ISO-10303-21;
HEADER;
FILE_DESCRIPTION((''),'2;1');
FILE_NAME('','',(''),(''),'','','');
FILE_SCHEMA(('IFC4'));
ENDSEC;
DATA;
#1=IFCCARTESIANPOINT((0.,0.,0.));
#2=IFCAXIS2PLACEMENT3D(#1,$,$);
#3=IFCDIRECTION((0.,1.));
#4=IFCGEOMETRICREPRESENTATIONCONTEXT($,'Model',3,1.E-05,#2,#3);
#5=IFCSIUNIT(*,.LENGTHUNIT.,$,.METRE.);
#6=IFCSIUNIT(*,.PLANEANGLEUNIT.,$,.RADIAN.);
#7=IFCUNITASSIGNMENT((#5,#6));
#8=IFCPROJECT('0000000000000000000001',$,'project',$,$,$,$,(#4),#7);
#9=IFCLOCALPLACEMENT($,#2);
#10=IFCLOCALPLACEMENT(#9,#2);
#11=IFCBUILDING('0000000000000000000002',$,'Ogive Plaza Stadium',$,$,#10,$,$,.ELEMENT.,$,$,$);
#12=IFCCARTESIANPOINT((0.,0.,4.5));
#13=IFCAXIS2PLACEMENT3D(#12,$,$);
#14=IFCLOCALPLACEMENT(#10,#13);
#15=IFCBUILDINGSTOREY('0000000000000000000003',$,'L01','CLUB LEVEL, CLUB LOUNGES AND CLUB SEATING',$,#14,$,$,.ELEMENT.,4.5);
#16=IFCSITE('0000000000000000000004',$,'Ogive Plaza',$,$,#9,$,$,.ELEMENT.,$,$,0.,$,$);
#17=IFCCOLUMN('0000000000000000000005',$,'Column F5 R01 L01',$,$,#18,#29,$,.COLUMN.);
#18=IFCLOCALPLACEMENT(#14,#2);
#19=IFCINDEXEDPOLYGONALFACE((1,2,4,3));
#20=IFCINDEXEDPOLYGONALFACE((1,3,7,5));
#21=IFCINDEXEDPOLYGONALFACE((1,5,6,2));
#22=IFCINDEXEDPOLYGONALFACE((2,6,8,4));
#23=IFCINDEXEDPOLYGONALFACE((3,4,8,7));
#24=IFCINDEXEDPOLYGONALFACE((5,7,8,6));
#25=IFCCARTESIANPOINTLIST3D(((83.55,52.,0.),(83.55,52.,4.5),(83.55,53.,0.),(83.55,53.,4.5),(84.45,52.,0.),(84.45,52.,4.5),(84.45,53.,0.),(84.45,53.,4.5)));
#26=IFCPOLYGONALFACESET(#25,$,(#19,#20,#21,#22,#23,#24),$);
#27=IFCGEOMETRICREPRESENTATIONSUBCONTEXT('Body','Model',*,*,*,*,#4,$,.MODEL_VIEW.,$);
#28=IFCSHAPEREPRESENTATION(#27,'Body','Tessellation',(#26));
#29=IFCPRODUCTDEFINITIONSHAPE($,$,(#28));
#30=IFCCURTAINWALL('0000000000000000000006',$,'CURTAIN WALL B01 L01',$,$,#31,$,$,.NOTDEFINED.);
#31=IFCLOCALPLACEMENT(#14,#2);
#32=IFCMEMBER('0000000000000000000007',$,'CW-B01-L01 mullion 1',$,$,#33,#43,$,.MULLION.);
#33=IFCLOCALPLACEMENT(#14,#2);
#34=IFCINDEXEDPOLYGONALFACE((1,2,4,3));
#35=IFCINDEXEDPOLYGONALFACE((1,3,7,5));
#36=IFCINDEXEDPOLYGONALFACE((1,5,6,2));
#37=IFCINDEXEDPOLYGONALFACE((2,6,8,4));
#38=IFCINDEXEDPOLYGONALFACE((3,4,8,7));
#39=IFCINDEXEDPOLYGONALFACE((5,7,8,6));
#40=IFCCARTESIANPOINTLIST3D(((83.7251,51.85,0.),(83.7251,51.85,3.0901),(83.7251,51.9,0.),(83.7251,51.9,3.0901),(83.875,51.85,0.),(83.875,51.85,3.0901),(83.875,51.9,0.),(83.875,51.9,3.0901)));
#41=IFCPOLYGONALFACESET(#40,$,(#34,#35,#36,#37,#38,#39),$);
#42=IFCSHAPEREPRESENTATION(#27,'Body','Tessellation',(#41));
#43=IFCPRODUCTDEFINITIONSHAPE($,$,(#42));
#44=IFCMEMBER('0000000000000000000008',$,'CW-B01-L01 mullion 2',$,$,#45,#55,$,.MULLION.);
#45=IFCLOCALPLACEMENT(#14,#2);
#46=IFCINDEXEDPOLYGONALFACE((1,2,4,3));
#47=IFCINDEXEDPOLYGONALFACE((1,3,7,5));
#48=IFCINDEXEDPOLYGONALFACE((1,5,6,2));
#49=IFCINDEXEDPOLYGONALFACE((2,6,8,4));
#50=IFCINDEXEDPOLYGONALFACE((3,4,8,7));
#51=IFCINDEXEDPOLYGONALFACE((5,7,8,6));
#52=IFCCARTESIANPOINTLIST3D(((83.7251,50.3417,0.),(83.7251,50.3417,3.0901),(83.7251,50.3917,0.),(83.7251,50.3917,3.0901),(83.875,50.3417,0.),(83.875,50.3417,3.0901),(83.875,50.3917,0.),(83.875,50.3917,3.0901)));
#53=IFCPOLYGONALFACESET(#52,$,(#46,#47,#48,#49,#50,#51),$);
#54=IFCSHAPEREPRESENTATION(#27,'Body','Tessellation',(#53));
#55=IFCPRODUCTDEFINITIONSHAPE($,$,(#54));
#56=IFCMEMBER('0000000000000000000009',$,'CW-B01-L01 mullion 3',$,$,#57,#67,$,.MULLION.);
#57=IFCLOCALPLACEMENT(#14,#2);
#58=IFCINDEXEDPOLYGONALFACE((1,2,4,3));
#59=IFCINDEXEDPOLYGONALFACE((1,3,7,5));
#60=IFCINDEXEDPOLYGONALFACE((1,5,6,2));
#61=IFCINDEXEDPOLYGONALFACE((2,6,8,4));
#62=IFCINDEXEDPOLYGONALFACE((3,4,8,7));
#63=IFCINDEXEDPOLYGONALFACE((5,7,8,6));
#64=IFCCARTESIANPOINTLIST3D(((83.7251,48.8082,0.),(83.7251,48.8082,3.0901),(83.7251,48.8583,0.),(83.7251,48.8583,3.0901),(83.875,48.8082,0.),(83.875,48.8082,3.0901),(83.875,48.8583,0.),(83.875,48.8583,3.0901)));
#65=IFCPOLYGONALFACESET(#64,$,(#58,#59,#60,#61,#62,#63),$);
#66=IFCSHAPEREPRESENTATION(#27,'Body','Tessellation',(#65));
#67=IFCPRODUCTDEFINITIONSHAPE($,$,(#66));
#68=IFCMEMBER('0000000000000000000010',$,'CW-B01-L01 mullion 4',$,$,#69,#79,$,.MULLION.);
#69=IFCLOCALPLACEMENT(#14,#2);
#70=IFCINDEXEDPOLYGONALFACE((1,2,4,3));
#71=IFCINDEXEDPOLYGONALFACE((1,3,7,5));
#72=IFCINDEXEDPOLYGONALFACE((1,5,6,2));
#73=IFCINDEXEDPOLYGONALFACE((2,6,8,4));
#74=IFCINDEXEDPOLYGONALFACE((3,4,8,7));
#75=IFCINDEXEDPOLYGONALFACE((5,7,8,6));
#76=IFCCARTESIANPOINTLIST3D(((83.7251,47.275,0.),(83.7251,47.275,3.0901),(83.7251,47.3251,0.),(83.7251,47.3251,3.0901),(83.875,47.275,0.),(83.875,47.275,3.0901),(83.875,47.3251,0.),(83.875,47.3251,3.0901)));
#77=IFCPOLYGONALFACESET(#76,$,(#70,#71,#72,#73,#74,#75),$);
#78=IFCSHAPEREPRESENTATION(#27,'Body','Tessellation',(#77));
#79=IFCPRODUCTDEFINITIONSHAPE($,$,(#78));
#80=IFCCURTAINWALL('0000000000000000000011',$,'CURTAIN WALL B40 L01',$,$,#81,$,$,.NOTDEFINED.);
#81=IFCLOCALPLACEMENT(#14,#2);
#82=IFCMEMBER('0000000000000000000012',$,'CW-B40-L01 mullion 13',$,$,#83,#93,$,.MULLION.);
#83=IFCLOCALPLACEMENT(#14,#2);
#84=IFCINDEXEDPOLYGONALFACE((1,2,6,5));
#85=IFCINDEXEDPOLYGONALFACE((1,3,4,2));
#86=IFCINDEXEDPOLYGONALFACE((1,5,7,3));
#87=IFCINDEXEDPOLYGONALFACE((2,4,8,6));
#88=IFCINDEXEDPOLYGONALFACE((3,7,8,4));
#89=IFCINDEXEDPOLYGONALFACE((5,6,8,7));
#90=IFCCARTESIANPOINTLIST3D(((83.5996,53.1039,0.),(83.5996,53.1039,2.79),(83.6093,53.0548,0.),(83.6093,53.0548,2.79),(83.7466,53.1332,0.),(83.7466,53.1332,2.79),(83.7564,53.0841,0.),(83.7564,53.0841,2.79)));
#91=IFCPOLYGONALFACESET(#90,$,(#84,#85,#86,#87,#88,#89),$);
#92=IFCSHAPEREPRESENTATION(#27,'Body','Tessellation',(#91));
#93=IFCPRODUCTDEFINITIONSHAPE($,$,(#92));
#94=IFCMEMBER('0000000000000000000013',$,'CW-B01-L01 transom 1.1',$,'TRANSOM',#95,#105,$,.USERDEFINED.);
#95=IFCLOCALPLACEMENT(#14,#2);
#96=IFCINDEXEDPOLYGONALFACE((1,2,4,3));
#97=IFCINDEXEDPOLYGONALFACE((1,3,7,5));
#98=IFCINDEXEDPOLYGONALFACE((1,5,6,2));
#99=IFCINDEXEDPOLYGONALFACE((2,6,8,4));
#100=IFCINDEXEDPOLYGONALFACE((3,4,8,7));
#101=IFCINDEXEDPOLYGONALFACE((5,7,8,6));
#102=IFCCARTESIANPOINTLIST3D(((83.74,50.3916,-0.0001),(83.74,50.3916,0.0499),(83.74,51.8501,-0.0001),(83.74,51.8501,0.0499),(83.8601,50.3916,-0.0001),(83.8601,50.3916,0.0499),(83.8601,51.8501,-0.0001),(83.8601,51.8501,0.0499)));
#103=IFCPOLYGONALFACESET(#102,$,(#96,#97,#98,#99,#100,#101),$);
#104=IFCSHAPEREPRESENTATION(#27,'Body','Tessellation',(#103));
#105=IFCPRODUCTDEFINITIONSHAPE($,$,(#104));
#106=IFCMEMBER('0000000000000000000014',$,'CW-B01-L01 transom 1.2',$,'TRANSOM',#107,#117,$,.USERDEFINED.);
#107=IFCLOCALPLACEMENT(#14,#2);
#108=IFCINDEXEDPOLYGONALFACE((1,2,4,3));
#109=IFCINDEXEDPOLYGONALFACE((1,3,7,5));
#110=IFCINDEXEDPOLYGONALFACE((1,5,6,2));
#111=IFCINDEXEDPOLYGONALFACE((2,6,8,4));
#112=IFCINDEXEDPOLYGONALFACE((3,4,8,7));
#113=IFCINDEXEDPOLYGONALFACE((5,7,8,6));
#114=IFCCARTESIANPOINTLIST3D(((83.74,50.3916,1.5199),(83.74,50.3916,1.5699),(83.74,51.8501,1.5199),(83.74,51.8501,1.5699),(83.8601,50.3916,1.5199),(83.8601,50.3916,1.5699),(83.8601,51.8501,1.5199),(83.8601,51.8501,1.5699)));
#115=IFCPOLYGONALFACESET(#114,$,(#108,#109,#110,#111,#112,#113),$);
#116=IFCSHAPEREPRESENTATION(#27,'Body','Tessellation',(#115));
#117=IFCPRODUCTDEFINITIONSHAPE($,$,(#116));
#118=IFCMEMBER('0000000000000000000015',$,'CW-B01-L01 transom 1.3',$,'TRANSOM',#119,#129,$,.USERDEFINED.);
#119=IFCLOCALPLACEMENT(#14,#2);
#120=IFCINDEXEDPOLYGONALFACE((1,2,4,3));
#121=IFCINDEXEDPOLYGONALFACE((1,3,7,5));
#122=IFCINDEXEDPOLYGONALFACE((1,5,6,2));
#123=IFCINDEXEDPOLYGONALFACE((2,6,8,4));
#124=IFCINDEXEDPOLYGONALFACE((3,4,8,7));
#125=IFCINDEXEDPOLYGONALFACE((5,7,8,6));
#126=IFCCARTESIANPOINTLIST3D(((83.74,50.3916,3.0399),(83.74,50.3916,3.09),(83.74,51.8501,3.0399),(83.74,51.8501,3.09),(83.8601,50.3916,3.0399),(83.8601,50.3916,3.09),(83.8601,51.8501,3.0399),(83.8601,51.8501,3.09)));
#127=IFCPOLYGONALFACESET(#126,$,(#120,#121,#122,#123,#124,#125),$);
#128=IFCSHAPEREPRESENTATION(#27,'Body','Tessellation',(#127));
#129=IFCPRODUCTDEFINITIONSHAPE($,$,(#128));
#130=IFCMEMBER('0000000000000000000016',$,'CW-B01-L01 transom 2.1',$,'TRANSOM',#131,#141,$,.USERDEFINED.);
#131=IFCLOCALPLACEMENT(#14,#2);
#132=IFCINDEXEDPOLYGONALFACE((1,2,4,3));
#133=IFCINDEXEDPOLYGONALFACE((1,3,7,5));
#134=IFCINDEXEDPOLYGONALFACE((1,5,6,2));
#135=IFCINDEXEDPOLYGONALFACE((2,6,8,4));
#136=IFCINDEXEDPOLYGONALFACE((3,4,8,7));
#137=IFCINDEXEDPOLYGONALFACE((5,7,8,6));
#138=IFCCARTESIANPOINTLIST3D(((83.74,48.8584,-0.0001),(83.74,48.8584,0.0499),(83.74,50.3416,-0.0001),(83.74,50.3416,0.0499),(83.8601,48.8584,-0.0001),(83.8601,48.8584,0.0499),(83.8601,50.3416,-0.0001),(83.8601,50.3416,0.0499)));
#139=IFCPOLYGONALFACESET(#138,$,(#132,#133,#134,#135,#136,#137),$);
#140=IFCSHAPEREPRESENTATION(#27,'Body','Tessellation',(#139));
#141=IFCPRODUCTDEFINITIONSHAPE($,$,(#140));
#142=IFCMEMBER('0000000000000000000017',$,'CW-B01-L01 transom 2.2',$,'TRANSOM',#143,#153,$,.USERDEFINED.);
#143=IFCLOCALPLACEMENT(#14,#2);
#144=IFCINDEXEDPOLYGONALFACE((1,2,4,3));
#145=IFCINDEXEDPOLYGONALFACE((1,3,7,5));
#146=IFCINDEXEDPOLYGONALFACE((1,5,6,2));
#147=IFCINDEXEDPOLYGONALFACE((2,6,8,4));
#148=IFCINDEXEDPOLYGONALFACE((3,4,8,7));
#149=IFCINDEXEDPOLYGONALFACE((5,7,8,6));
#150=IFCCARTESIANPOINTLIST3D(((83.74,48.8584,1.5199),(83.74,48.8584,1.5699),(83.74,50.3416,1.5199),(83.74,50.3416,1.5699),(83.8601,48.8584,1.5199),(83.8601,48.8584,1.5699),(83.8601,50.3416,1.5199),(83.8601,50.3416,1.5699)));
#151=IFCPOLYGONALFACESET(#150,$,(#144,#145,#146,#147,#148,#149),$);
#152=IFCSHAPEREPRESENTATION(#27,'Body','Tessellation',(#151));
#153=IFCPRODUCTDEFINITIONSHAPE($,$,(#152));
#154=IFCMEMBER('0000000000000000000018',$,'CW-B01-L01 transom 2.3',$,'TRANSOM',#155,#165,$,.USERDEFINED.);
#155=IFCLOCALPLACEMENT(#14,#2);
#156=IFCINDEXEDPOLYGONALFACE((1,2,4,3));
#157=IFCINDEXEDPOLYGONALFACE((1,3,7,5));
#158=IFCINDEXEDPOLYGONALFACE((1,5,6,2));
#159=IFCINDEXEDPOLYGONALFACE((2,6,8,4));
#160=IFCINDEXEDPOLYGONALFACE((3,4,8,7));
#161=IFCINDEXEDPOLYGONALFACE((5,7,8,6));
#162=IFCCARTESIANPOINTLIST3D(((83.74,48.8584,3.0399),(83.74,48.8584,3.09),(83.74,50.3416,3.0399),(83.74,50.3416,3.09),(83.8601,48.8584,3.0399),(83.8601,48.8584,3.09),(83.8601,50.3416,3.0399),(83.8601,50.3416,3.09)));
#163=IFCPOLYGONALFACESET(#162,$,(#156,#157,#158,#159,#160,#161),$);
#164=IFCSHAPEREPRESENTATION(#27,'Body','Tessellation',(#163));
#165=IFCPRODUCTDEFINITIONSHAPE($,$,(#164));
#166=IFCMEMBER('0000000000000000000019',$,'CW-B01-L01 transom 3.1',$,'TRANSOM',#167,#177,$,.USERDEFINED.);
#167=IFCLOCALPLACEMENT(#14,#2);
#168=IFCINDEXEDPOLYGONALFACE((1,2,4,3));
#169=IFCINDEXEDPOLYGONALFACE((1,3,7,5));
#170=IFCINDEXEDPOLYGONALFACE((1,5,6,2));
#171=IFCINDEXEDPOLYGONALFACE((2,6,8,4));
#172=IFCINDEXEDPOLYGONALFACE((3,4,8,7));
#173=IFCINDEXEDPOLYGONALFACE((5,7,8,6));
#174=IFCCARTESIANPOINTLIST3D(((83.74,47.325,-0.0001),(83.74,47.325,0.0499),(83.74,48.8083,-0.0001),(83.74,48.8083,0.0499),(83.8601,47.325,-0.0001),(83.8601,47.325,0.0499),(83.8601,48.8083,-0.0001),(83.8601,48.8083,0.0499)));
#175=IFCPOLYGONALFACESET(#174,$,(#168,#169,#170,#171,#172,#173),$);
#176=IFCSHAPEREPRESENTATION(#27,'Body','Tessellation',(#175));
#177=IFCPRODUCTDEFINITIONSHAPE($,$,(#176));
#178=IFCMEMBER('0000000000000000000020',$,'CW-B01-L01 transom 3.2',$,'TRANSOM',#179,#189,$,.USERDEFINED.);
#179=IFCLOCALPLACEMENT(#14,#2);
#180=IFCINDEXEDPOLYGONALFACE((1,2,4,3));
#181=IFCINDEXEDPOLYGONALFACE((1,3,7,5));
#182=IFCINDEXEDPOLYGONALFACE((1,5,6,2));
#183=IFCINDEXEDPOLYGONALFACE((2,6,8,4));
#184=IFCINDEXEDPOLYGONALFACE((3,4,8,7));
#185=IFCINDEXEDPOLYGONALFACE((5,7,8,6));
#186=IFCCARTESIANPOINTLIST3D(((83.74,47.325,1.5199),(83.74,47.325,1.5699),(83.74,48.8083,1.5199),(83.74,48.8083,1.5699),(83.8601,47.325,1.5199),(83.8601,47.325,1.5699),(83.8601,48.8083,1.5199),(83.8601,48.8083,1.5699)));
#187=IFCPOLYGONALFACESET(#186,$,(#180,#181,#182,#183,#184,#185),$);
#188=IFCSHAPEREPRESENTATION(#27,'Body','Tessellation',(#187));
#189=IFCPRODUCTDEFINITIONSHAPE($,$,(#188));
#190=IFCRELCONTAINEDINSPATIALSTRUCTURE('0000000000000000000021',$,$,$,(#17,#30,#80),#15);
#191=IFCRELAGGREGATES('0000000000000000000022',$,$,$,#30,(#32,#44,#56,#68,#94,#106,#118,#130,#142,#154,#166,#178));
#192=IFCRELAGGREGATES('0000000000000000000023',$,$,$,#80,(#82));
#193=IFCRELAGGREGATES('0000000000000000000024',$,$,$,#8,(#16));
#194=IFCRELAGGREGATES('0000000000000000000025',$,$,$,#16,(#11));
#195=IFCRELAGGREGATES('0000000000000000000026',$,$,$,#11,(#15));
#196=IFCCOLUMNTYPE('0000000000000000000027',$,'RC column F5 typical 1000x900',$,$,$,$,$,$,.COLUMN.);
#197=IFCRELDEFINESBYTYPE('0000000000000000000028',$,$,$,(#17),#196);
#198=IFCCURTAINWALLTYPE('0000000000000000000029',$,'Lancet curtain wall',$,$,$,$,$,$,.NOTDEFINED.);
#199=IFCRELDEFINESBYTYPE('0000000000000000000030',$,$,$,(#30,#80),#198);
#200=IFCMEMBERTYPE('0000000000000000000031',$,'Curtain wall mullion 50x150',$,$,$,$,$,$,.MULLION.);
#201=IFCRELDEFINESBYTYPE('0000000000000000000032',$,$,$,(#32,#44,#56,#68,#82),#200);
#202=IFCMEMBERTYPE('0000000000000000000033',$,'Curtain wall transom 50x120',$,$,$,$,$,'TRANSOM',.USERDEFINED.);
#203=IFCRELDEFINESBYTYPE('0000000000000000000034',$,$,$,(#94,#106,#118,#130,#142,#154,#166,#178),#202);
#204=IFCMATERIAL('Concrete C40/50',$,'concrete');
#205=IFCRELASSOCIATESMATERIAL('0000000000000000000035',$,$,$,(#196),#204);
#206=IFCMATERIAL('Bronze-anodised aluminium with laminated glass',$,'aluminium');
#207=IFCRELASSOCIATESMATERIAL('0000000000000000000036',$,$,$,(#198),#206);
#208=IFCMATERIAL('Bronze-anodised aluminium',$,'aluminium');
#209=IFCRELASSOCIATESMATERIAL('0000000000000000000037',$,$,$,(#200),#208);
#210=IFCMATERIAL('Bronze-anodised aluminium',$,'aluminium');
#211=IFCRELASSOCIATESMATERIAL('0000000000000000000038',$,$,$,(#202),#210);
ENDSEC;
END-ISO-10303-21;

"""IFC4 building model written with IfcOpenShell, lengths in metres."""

from ifc_helpers import new_model, si_unit, direction, frame, origin, origin_2d, place, context, subcontext, project, spatial, rectangle, extrude, material, material_profile, profile_set, type_object, element, aggregate, save


model = new_model("IFC4")

# Units and contexts
model_context = context("Model", 3, precision=1e-05, world=origin(), true_north=direction((0.0, 1.0)))
body_context = subcontext(model_context, "Body", "Model", "MODEL_VIEW")
ifc_project = project(units=[si_unit("LENGTHUNIT", "METRE"), si_unit("PLANEANGLEUNIT", "RADIAN")], contexts=[model_context])

# Site, building, storey
site_placement = place(None, origin())
site = spatial("IfcSite", under=ifc_project, at=site_placement, Name="Ogive Plaza", CompositionType="ELEMENT", RefElevation=0.0)
building_placement = place(site_placement, origin())
building = spatial("IfcBuilding", under=site, at=building_placement, Name="Ogive Plaza Stadium", CompositionType="ELEMENT")
storey_placement = place(building_placement, frame((0.0, 0.0, 4.5)))
storey = spatial("IfcBuildingStorey", under=building, at=storey_placement, Name="L01", Description="CLUB LEVEL, CLUB LOUNGES AND CLUB SEATING", CompositionType="ELEMENT", Elevation=4.5)

# Column
ifc_material_1 = material(Name="Concrete C40/50", Category="concrete")
ifc_material_profile_1 = material_profile(ifc_material_1, rectangle(XDim=1.0, YDim=0.8999, at=origin_2d()), Name="RC 1000x900")
ifc_profile_set_1 = profile_set([ifc_material_profile_1], Name="Concrete C40/50")
column_type = type_object("IfcColumnType", Name="RC column F5 typical 1000x900", PredefinedType="COLUMN", material=ifc_profile_set_1)
column_placement = place(storey_placement, frame((84.0, 52.5, 0.0), z_axis=(0.0, 0.0, 1.0), x_axis=(0.0, 1.0, 0.0)))
element("IfcColumn", 1, at=column_placement, inside=storey, type_object=column_type, Name="Column F5 R01 L01", PredefinedType="COLUMN", context=body_context, shape_type="SweptSolid", body=[
    extrude(rectangle(XDim=1.0, YDim=0.8999, at=origin_2d()), origin(), (0.0, 0.0, 1.0), 4.5),
])

# Curtain wall, members
ifc_material_2 = material(Name="Bronze-anodised aluminium with laminated glass", Category="aluminium")
curtain_wall_type = type_object("IfcCurtainWallType", Name="Lancet curtain wall", PredefinedType="NOTDEFINED", material=ifc_material_2)
curtain_wall_1_placement = place(storey_placement, origin())
curtain_wall_1 = element("IfcCurtainWall", 2, at=curtain_wall_1_placement, inside=storey, type_object=curtain_wall_type, Name="CURTAIN WALL B01 L01", PredefinedType="NOTDEFINED")
ifc_material_3 = material(Name="Bronze-anodised aluminium", Category="aluminium")
ifc_material_profile_2 = material_profile(ifc_material_3, rectangle(XDim=0.1499, YDim=0.05, at=origin_2d()), Name="AL 150x50")
ifc_profile_set_2 = profile_set([ifc_material_profile_2], Name="Bronze-anodised aluminium")
member_type_1 = type_object("IfcMemberType", Name="Curtain wall mullion 50x150", PredefinedType="MULLION", material=ifc_profile_set_2)
member_1_placement = place(storey_placement, frame((83.8, 51.875, 0.0), z_axis=(0.0, 0.0, 1.0), x_axis=(1.0, 0.0, 0.0)))
member_1 = element("IfcMember", 3, at=member_1_placement, type_object=member_type_1, Name="CW-B01-L01 mullion 1", PredefinedType="MULLION", context=body_context, shape_type="SweptSolid", body=[
    extrude(rectangle(XDim=0.1499, YDim=0.05, at=origin_2d()), origin(), (0.0, 0.0, 1.0), 3.0901),
])
member_2_placement = place(storey_placement, frame((83.8, 50.3667, 0.0), z_axis=(0.0, 0.0, 1.0), x_axis=(1.0, 0.0, 0.0)))
member_2 = element("IfcMember", 4, at=member_2_placement, type_object=member_type_1, Name="CW-B01-L01 mullion 2", PredefinedType="MULLION", context=body_context, shape_type="SweptSolid", body=[
    extrude(rectangle(XDim=0.1499, YDim=0.05, at=origin_2d()), origin(), (0.0, 0.0, 1.0), 3.0901),
])
member_3_placement = place(storey_placement, frame((83.8, 48.8333, 0.0), z_axis=(0.0, 0.0, 1.0), x_axis=(1.0, 0.0, 0.0)))
member_3 = element("IfcMember", 5, at=member_3_placement, type_object=member_type_1, Name="CW-B01-L01 mullion 3", PredefinedType="MULLION", context=body_context, shape_type="SweptSolid", body=[
    extrude(rectangle(XDim=0.1499, YDim=0.05, at=origin_2d()), origin(), (0.0, 0.0, 1.0), 3.0901),
])
member_4_placement = place(storey_placement, frame((83.8, 47.3, 0.0), z_axis=(0.0, 0.0, 1.0), x_axis=(1.0, 0.0, 0.0)))
member_4 = element("IfcMember", 6, at=member_4_placement, type_object=member_type_1, Name="CW-B01-L01 mullion 4", PredefinedType="MULLION", context=body_context, shape_type="SweptSolid", body=[
    extrude(rectangle(XDim=0.1499, YDim=0.05, at=origin_2d()), origin(), (0.0, 0.0, 1.0), 3.0901),
])

# Curtain wall, member
curtain_wall_2_placement = place(storey_placement, origin())
curtain_wall_2 = element("IfcCurtainWall", 7, at=curtain_wall_2_placement, inside=storey, type_object=curtain_wall_type, Name="CURTAIN WALL B40 L01", PredefinedType="NOTDEFINED")
member_5_placement = place(storey_placement, frame((83.678, 53.094, 0.0), z_axis=(0.0, 0.0, 1.0), x_axis=(0.980785, 0.19509, 0.0)))
member_5 = element("IfcMember", 8, at=member_5_placement, type_object=member_type_1, Name="CW-B40-L01 mullion 13", PredefinedType="MULLION", context=body_context, shape_type="SweptSolid", body=[
    extrude(rectangle(XDim=0.1499, YDim=0.05, at=origin_2d()), origin(), (0.0, 0.0, 1.0), 2.79),
])

# Members
ifc_material_4 = material(Name="Bronze-anodised aluminium", Category="aluminium")
ifc_material_profile_3 = material_profile(ifc_material_4, rectangle(XDim=0.1201, YDim=0.05, at=origin_2d()), Name="AL 120x50")
ifc_profile_set_3 = profile_set([ifc_material_profile_3], Name="Bronze-anodised aluminium")
member_type_2 = type_object("IfcMemberType", Name="Curtain wall transom 50x120", ElementType="TRANSOM", PredefinedType="USERDEFINED", material=ifc_profile_set_3)
member_6_placement = place(storey_placement, frame((83.8, 51.8501, 0.0249), z_axis=(0.0, -1.0, 0.0), x_axis=(1.0, 0.0, 0.0)))
member_6 = element("IfcMember", 9, at=member_6_placement, type_object=member_type_2, Name="CW-B01-L01 transom 1.1", ObjectType="TRANSOM", PredefinedType="USERDEFINED", context=body_context, shape_type="SweptSolid", body=[
    extrude(rectangle(XDim=0.1201, YDim=0.05, at=origin_2d()), origin(), (0.0, 0.0, 1.0), 1.4585),
])
member_7_placement = place(storey_placement, frame((83.8, 51.8501, 1.5449), z_axis=(0.0, -1.0, 0.0), x_axis=(1.0, 0.0, 0.0)))
member_7 = element("IfcMember", 10, at=member_7_placement, type_object=member_type_2, Name="CW-B01-L01 transom 1.2", ObjectType="TRANSOM", PredefinedType="USERDEFINED", context=body_context, shape_type="SweptSolid", body=[
    extrude(rectangle(XDim=0.1201, YDim=0.05, at=origin_2d()), origin(), (0.0, 0.0, 1.0), 1.4585),
])
member_8_placement = place(storey_placement, frame((83.8, 51.8501, 3.0649), z_axis=(0.0, -1.0, 0.0), x_axis=(1.0, 0.0, 0.0)))
member_8 = element("IfcMember", 11, at=member_8_placement, type_object=member_type_2, Name="CW-B01-L01 transom 1.3", ObjectType="TRANSOM", PredefinedType="USERDEFINED", context=body_context, shape_type="SweptSolid", body=[
    extrude(rectangle(XDim=0.1201, YDim=0.05, at=origin_2d()), origin(), (0.0, 0.0, 1.0), 1.4585),
])
member_9_placement = place(storey_placement, frame((83.8, 50.3416, 0.0249), z_axis=(0.0, -1.0, 0.0), x_axis=(1.0, 0.0, 0.0)))
member_9 = element("IfcMember", 12, at=member_9_placement, type_object=member_type_2, Name="CW-B01-L01 transom 2.1", ObjectType="TRANSOM", PredefinedType="USERDEFINED", context=body_context, shape_type="SweptSolid", body=[
    extrude(rectangle(XDim=0.1201, YDim=0.05, at=origin_2d()), origin(), (0.0, 0.0, 1.0), 1.4832),
])
member_10_placement = place(storey_placement, frame((83.8, 50.3416, 1.5449), z_axis=(0.0, -1.0, 0.0), x_axis=(1.0, 0.0, 0.0)))
member_10 = element("IfcMember", 13, at=member_10_placement, type_object=member_type_2, Name="CW-B01-L01 transom 2.2", ObjectType="TRANSOM", PredefinedType="USERDEFINED", context=body_context, shape_type="SweptSolid", body=[
    extrude(rectangle(XDim=0.1201, YDim=0.05, at=origin_2d()), origin(), (0.0, 0.0, 1.0), 1.4832),
])
member_11_placement = place(storey_placement, frame((83.8, 50.3416, 3.0649), z_axis=(0.0, -1.0, 0.0), x_axis=(1.0, 0.0, 0.0)))
member_11 = element("IfcMember", 14, at=member_11_placement, type_object=member_type_2, Name="CW-B01-L01 transom 2.3", ObjectType="TRANSOM", PredefinedType="USERDEFINED", context=body_context, shape_type="SweptSolid", body=[
    extrude(rectangle(XDim=0.1201, YDim=0.05, at=origin_2d()), origin(), (0.0, 0.0, 1.0), 1.4832),
])
member_12_placement = place(storey_placement, frame((83.8, 48.8083, 0.0249), z_axis=(0.0, -1.0, 0.0), x_axis=(1.0, 0.0, 0.0)))
member_12 = element("IfcMember", 15, at=member_12_placement, type_object=member_type_2, Name="CW-B01-L01 transom 3.1", ObjectType="TRANSOM", PredefinedType="USERDEFINED", context=body_context, shape_type="SweptSolid", body=[
    extrude(rectangle(XDim=0.1201, YDim=0.05, at=origin_2d()), origin(), (0.0, 0.0, 1.0), 1.4834),
])
member_13_placement = place(storey_placement, frame((83.8, 48.8083, 1.5449), z_axis=(0.0, -1.0, 0.0), x_axis=(1.0, 0.0, 0.0)))
member_13 = element("IfcMember", 16, at=member_13_placement, type_object=member_type_2, Name="CW-B01-L01 transom 3.2", ObjectType="TRANSOM", PredefinedType="USERDEFINED", context=body_context, shape_type="SweptSolid", body=[
    extrude(rectangle(XDim=0.1201, YDim=0.05, at=origin_2d()), origin(), (0.0, 0.0, 1.0), 1.4834),
])

aggregate(curtain_wall_1, [member_1, member_2, member_3, member_4, member_6, member_7, member_8, member_9, member_10, member_11, member_12, member_13])
aggregate(curtain_wall_2, [member_5])

save(model, "model.ifc")
